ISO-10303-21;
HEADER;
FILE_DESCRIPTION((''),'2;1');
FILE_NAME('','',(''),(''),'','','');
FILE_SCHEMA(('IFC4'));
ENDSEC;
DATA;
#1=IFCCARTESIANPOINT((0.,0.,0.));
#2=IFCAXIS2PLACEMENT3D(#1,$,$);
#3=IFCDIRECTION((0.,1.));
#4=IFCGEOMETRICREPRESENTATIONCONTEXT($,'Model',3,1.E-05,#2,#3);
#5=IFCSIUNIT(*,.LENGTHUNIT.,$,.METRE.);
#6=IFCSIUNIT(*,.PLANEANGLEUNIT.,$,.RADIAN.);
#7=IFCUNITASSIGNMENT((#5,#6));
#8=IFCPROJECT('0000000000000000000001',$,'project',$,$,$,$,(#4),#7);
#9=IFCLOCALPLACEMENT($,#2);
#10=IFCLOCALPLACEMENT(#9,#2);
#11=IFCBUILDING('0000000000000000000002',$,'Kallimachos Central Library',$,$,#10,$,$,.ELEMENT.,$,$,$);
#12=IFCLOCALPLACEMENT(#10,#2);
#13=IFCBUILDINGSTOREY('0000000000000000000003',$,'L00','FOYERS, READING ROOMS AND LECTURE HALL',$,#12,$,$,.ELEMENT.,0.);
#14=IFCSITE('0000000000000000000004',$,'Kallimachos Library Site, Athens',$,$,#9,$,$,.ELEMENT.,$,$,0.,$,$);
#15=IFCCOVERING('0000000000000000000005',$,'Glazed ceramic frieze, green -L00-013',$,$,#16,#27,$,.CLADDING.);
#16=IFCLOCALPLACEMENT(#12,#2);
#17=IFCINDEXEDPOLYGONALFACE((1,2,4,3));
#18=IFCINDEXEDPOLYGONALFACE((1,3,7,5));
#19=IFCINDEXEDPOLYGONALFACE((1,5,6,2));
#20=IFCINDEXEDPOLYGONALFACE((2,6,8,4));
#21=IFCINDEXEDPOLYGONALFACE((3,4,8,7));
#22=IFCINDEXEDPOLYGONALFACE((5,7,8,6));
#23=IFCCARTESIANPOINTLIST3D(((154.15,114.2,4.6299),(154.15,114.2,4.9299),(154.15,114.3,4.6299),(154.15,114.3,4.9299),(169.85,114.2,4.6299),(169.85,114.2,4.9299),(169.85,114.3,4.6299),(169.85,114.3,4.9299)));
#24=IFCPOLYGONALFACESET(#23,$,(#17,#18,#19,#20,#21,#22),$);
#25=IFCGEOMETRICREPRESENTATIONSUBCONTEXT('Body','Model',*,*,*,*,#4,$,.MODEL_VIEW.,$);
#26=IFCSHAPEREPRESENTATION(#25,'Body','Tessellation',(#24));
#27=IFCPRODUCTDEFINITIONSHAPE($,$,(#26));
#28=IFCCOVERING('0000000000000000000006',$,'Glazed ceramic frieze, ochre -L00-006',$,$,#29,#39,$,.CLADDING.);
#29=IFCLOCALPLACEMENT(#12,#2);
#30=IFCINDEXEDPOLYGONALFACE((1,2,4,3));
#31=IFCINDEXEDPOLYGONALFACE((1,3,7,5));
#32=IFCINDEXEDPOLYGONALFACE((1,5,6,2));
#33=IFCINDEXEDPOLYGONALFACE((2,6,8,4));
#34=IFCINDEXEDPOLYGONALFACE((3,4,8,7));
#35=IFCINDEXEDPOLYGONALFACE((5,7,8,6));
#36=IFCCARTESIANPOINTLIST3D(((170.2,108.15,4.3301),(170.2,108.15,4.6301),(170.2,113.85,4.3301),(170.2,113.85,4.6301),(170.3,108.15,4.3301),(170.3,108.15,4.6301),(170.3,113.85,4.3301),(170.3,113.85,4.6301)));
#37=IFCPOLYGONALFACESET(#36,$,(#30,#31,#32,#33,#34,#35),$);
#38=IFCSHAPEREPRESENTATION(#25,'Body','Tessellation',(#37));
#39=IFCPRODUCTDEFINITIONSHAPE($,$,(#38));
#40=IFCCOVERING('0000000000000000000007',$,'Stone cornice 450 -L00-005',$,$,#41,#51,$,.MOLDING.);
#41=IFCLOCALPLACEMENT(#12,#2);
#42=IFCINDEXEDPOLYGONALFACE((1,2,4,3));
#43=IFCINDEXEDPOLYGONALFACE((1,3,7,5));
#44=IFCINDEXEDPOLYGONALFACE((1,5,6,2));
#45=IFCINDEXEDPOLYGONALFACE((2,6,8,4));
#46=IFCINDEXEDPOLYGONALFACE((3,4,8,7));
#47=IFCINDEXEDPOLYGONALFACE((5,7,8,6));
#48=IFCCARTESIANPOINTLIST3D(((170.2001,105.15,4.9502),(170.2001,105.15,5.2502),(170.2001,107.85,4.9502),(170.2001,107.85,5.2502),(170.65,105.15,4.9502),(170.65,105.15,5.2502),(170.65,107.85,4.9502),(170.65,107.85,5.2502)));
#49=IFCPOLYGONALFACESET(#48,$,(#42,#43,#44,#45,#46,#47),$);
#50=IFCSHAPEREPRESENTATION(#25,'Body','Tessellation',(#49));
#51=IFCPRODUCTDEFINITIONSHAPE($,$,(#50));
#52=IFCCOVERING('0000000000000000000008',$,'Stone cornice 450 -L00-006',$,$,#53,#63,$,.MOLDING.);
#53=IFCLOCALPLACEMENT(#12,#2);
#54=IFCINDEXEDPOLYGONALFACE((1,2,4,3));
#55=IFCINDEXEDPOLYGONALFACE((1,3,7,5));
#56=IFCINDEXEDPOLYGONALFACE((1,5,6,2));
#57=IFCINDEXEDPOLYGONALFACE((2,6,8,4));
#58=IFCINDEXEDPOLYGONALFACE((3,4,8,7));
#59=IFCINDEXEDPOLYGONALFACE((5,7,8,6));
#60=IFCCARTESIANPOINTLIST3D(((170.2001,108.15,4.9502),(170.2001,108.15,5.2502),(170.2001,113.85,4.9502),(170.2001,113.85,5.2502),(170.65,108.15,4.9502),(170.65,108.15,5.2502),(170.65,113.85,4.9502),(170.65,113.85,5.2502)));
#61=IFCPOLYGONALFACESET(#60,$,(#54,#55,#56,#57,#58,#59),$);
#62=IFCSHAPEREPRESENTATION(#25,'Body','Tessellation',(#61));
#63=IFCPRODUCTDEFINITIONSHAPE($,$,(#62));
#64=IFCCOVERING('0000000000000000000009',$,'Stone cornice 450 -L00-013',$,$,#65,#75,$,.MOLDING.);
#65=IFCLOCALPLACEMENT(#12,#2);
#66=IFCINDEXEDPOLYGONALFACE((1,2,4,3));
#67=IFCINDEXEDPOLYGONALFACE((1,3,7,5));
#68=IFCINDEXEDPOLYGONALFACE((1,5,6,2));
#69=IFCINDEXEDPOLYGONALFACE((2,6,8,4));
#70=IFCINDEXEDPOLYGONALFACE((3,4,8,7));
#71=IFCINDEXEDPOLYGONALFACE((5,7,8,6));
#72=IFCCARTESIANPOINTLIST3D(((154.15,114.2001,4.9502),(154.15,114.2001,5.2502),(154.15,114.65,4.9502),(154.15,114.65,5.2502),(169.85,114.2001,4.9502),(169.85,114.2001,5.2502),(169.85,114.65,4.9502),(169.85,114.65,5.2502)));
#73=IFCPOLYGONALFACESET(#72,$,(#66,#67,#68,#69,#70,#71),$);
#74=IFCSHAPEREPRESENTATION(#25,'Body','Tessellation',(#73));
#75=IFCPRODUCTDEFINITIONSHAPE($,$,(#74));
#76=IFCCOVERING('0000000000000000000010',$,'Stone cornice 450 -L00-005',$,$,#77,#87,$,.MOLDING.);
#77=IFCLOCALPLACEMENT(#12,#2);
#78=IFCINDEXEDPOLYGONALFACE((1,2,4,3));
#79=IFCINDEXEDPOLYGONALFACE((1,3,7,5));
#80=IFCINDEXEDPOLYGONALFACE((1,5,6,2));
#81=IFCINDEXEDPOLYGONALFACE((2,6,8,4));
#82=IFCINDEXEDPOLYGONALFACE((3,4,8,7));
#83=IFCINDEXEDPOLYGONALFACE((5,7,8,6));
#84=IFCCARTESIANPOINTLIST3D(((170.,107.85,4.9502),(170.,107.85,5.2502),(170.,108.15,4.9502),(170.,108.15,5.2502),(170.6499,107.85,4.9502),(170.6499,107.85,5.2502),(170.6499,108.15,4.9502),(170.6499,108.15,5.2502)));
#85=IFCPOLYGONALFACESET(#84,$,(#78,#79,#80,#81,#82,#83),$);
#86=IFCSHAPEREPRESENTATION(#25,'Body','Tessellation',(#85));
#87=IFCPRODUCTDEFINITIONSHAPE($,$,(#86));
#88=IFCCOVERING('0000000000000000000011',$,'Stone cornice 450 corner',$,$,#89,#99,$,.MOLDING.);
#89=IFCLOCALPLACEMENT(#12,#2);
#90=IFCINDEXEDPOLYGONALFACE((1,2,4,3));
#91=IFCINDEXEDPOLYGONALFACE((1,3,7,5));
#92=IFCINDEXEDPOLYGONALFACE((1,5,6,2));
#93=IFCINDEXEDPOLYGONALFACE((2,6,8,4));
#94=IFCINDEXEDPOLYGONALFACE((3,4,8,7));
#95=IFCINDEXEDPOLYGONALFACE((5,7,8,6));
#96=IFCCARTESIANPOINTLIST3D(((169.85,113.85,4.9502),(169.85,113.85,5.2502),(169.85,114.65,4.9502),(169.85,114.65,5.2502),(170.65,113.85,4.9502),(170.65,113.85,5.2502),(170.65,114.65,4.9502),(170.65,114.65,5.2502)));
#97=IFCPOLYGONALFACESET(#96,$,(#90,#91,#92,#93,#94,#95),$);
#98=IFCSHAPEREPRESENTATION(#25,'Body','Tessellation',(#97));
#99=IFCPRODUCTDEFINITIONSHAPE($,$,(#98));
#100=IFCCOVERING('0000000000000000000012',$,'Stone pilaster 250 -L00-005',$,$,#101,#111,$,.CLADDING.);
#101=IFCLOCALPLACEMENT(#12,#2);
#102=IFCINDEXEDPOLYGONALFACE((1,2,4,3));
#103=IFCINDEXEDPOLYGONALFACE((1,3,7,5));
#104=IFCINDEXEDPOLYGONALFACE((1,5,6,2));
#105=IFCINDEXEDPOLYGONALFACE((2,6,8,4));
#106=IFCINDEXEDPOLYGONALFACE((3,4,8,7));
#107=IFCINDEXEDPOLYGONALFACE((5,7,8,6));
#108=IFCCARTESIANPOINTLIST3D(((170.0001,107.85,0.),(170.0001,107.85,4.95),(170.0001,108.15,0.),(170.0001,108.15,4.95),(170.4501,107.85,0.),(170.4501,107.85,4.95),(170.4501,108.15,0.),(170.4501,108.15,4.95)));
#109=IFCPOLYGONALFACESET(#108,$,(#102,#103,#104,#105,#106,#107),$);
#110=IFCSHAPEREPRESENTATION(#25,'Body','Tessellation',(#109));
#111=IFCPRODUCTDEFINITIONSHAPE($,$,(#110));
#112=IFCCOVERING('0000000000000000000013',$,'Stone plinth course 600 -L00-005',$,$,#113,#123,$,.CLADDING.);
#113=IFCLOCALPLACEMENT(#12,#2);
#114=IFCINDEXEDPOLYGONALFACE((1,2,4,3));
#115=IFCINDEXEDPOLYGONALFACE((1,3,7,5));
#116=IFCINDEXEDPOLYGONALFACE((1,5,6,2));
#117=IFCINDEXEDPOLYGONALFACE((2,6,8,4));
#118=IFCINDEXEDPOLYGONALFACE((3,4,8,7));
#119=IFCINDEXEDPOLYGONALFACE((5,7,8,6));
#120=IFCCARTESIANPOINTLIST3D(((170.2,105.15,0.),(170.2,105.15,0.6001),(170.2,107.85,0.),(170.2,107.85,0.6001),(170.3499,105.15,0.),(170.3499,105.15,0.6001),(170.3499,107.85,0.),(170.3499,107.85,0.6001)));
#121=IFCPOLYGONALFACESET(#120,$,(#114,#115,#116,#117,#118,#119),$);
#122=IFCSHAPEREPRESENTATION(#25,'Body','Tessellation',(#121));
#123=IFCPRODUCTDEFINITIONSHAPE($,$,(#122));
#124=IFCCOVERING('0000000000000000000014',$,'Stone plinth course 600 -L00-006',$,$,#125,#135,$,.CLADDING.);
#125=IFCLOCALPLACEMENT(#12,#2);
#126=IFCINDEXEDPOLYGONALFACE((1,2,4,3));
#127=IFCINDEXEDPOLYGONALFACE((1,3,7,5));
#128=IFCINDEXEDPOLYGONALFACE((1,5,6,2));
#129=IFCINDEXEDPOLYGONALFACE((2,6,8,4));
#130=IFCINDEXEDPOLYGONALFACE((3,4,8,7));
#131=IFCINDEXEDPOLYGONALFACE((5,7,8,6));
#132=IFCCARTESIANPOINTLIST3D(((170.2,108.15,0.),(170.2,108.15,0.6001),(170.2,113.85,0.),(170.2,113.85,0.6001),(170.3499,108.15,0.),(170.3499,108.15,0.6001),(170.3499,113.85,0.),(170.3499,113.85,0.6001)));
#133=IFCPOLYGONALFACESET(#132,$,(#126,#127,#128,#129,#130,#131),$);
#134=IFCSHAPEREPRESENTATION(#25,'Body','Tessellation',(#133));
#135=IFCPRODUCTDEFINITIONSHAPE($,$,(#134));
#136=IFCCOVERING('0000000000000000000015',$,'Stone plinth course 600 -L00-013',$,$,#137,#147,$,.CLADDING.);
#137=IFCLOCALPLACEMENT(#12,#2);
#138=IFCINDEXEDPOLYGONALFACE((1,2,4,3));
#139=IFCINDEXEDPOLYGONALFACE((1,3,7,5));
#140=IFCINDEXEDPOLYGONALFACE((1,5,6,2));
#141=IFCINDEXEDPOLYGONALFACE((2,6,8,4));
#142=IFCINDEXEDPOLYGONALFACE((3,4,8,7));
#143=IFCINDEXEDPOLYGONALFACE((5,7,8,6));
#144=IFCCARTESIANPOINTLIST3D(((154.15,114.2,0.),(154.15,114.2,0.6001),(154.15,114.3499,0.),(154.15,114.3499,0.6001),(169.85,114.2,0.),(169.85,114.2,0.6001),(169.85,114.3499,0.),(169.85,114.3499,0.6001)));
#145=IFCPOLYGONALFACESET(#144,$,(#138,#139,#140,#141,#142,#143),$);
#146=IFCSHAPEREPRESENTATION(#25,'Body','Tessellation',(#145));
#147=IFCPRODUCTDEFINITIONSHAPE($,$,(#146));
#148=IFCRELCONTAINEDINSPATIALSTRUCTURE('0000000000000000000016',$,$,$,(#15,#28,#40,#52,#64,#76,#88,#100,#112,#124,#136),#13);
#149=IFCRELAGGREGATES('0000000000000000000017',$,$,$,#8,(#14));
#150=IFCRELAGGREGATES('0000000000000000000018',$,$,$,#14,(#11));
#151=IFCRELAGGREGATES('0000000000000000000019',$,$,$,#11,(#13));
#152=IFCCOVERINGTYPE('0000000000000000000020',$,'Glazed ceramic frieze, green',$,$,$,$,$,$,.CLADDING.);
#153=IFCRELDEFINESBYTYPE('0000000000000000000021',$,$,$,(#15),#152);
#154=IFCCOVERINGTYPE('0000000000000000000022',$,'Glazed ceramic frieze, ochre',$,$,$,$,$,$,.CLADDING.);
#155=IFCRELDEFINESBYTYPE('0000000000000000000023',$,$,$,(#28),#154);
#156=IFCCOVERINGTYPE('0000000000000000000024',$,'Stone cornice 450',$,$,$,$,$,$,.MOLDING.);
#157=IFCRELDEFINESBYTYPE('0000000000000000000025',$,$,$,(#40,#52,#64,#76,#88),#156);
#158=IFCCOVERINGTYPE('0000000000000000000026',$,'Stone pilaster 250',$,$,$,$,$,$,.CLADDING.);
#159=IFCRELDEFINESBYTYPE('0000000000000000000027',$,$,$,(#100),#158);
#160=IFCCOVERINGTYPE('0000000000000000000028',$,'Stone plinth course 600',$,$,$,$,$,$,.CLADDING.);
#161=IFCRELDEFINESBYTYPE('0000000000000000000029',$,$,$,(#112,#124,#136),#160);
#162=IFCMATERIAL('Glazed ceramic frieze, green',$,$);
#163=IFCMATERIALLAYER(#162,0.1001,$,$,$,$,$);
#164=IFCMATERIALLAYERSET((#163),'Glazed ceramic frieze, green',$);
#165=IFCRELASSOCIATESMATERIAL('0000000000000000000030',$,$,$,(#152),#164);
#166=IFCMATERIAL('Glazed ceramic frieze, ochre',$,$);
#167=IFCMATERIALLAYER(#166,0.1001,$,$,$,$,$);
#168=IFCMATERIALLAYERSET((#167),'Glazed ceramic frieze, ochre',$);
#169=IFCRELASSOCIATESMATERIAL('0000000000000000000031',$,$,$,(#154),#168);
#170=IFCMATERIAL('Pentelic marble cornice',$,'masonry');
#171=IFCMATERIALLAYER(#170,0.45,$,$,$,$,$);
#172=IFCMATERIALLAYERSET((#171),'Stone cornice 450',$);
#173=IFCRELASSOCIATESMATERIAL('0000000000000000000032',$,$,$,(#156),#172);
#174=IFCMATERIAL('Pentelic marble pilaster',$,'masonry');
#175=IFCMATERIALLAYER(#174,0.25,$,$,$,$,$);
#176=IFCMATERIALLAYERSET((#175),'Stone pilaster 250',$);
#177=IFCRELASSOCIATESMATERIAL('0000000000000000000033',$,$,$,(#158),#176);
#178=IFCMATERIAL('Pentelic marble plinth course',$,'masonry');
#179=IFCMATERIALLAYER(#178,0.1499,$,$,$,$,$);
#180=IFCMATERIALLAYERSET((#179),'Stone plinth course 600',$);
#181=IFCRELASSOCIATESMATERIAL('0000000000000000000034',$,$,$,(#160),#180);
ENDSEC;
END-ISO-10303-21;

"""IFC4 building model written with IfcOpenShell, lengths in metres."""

from ifc_helpers import new_model, si_unit, direction, frame, origin, origin_2d, place, context, subcontext, project, spatial, rectangle, extrude, material, layer, layer_set, type_object, element, save


model = new_model("IFC4")

# Units and contexts
model_context = context("Model", 3, precision=1e-05, world=origin(), true_north=direction((0.0, 1.0)))
body_context = subcontext(model_context, "Body", "Model", "MODEL_VIEW")
ifc_project = project(units=[si_unit("LENGTHUNIT", "METRE"), si_unit("PLANEANGLEUNIT", "RADIAN")], contexts=[model_context])

# Site, building, storey
site_placement = place(None, origin())
site = spatial("IfcSite", under=ifc_project, at=site_placement, Name="Kallimachos Library Site, Athens", CompositionType="ELEMENT", RefElevation=0.0)
building_placement = place(site_placement, origin())
building = spatial("IfcBuilding", under=site, at=building_placement, Name="Kallimachos Central Library", CompositionType="ELEMENT")
storey_placement = place(building_placement, origin())
storey = spatial("IfcBuildingStorey", under=building, at=storey_placement, Name="L00", Description="FOYERS, READING ROOMS AND LECTURE HALL", CompositionType="ELEMENT", Elevation=0.0)

# Coverings
ifc_material_1 = material(Name="Glazed ceramic frieze, green")
ifc_layer_1 = layer(ifc_material_1, 0.1001)
ifc_layer_set_1 = layer_set([ifc_layer_1], Name="Glazed ceramic frieze, green")
covering_type_1 = type_object("IfcCoveringType", Name="Glazed ceramic frieze, green", PredefinedType="CLADDING", material=ifc_layer_set_1)
covering_1_placement = place(storey_placement, frame((162.0, 114.25, 4.6299), z_axis=(0.0, 0.0, 1.0), x_axis=(1.0, 0.0, 0.0)))
element("IfcCovering", 1, at=covering_1_placement, inside=storey, type_object=covering_type_1, Name="Glazed ceramic frieze, green -L00-013", PredefinedType="CLADDING", context=body_context, shape_type="SweptSolid", body=[
    extrude(rectangle(XDim=15.7, YDim=0.1001, at=origin_2d()), origin(), (0.0, 0.0, 1.0), 0.3),
])
ifc_material_2 = material(Name="Glazed ceramic frieze, ochre")
ifc_layer_2 = layer(ifc_material_2, 0.1001)
ifc_layer_set_2 = layer_set([ifc_layer_2], Name="Glazed ceramic frieze, ochre")
covering_type_2 = type_object("IfcCoveringType", Name="Glazed ceramic frieze, ochre", PredefinedType="CLADDING", material=ifc_layer_set_2)
covering_2_placement = place(storey_placement, frame((170.25, 111.0, 4.3301), z_axis=(0.0, 0.0, 1.0), x_axis=(1.0, 0.0, 0.0)))
element("IfcCovering", 2, at=covering_2_placement, inside=storey, type_object=covering_type_2, Name="Glazed ceramic frieze, ochre -L00-006", PredefinedType="CLADDING", context=body_context, shape_type="SweptSolid", body=[
    extrude(rectangle(XDim=0.1001, YDim=5.7, at=origin_2d()), origin(), (0.0, 0.0, 1.0), 0.3),
])
ifc_material_3 = material(Name="Pentelic marble cornice", Category="masonry")
ifc_layer_3 = layer(ifc_material_3, 0.45)
ifc_layer_set_3 = layer_set([ifc_layer_3], Name="Stone cornice 450")
covering_type_3 = type_object("IfcCoveringType", Name="Stone cornice 450", PredefinedType="MOLDING", material=ifc_layer_set_3)
covering_3_placement = place(storey_placement, frame((170.425, 106.5, 4.9502), z_axis=(0.0, 0.0, 1.0), x_axis=(1.0, 0.0, 0.0)))
element("IfcCovering", 3, at=covering_3_placement, inside=storey, type_object=covering_type_3, Name="Stone cornice 450 -L00-005", PredefinedType="MOLDING", context=body_context, shape_type="SweptSolid", body=[
    extrude(rectangle(XDim=0.45, YDim=2.7, at=origin_2d()), origin(), (0.0, 0.0, 1.0), 0.3),
])
covering_4_placement = place(storey_placement, frame((170.425, 111.0, 4.9502), z_axis=(0.0, 0.0, 1.0), x_axis=(1.0, 0.0, 0.0)))
element("IfcCovering", 4, at=covering_4_placement, inside=storey, type_object=covering_type_3, Name="Stone cornice 450 -L00-006", PredefinedType="MOLDING", context=body_context, shape_type="SweptSolid", body=[
    extrude(rectangle(XDim=0.45, YDim=5.7, at=origin_2d()), origin(), (0.0, 0.0, 1.0), 0.3),
])
covering_5_placement = place(storey_placement, frame((162.0, 114.425, 4.9502), z_axis=(0.0, 0.0, 1.0), x_axis=(1.0, 0.0, 0.0)))
element("IfcCovering", 5, at=covering_5_placement, inside=storey, type_object=covering_type_3, Name="Stone cornice 450 -L00-013", PredefinedType="MOLDING", context=body_context, shape_type="SweptSolid", body=[
    extrude(rectangle(XDim=15.7, YDim=0.45, at=origin_2d()), origin(), (0.0, 0.0, 1.0), 0.3),
])
covering_6_placement = place(storey_placement, frame((170.325, 108.0, 4.9502), z_axis=(0.0, 0.0, 1.0), x_axis=(1.0, 0.0, 0.0)))
element("IfcCovering", 6, at=covering_6_placement, inside=storey, type_object=covering_type_3, Name="Stone cornice 450 -L00-005", PredefinedType="MOLDING", context=body_context, shape_type="SweptSolid", body=[
    extrude(rectangle(XDim=0.6499, YDim=0.3, at=origin_2d()), origin(), (0.0, 0.0, 1.0), 0.3),
])
covering_7_placement = place(storey_placement, frame((170.25, 114.25, 4.9502), z_axis=(0.0, 0.0, 1.0), x_axis=(1.0, 0.0, 0.0)))
element("IfcCovering", 7, at=covering_7_placement, inside=storey, type_object=covering_type_3, Name="Stone cornice 450 corner", PredefinedType="MOLDING", context=body_context, shape_type="SweptSolid", body=[
    extrude(rectangle(XDim=0.8, YDim=0.8, at=origin_2d()), origin(), (0.0, 0.0, 1.0), 0.3),
])
ifc_material_4 = material(Name="Pentelic marble pilaster", Category="masonry")
ifc_layer_4 = layer(ifc_material_4, 0.25)
ifc_layer_set_4 = layer_set([ifc_layer_4], Name="Stone pilaster 250")
covering_type_4 = type_object("IfcCoveringType", Name="Stone pilaster 250", PredefinedType="CLADDING", material=ifc_layer_set_4)
covering_8_placement = place(storey_placement, frame((170.2251, 108.0, 0.0), z_axis=(0.0, 0.0, 1.0), x_axis=(1.0, 0.0, 0.0)))
element("IfcCovering", 8, at=covering_8_placement, inside=storey, type_object=covering_type_4, Name="Stone pilaster 250 -L00-005", PredefinedType="CLADDING", context=body_context, shape_type="SweptSolid", body=[
    extrude(rectangle(XDim=0.45, YDim=0.3, at=origin_2d()), origin(), (0.0, 0.0, 1.0), 4.95),
])
ifc_material_5 = material(Name="Pentelic marble plinth course", Category="masonry")
ifc_layer_5 = layer(ifc_material_5, 0.1499)
ifc_layer_set_5 = layer_set([ifc_layer_5], Name="Stone plinth course 600")
covering_type_5 = type_object("IfcCoveringType", Name="Stone plinth course 600", PredefinedType="CLADDING", material=ifc_layer_set_5)
covering_9_placement = place(storey_placement, frame((170.2749, 106.5, 0.0), z_axis=(0.0, 0.0, 1.0), x_axis=(1.0, 0.0, 0.0)))
element("IfcCovering", 9, at=covering_9_placement, inside=storey, type_object=covering_type_5, Name="Stone plinth course 600 -L00-005", PredefinedType="CLADDING", context=body_context, shape_type="SweptSolid", body=[
    extrude(rectangle(XDim=0.1499, YDim=2.7, at=origin_2d()), origin(), (0.0, 0.0, 1.0), 0.6001),
])
covering_10_placement = place(storey_placement, frame((170.2749, 111.0, 0.0), z_axis=(0.0, 0.0, 1.0), x_axis=(1.0, 0.0, 0.0)))
element("IfcCovering", 10, at=covering_10_placement, inside=storey, type_object=covering_type_5, Name="Stone plinth course 600 -L00-006", PredefinedType="CLADDING", context=body_context, shape_type="SweptSolid", body=[
    extrude(rectangle(XDim=0.1499, YDim=5.7, at=origin_2d()), origin(), (0.0, 0.0, 1.0), 0.6001),
])
covering_11_placement = place(storey_placement, frame((162.0, 114.2749, 0.0), z_axis=(0.0, 0.0, 1.0), x_axis=(1.0, 0.0, 0.0)))
element("IfcCovering", 11, at=covering_11_placement, inside=storey, type_object=covering_type_5, Name="Stone plinth course 600 -L00-013", PredefinedType="CLADDING", context=body_context, shape_type="SweptSolid", body=[
    extrude(rectangle(XDim=15.7, YDim=0.1499, at=origin_2d()), origin(), (0.0, 0.0, 1.0), 0.6001),
])

save(model, "model.ifc")
